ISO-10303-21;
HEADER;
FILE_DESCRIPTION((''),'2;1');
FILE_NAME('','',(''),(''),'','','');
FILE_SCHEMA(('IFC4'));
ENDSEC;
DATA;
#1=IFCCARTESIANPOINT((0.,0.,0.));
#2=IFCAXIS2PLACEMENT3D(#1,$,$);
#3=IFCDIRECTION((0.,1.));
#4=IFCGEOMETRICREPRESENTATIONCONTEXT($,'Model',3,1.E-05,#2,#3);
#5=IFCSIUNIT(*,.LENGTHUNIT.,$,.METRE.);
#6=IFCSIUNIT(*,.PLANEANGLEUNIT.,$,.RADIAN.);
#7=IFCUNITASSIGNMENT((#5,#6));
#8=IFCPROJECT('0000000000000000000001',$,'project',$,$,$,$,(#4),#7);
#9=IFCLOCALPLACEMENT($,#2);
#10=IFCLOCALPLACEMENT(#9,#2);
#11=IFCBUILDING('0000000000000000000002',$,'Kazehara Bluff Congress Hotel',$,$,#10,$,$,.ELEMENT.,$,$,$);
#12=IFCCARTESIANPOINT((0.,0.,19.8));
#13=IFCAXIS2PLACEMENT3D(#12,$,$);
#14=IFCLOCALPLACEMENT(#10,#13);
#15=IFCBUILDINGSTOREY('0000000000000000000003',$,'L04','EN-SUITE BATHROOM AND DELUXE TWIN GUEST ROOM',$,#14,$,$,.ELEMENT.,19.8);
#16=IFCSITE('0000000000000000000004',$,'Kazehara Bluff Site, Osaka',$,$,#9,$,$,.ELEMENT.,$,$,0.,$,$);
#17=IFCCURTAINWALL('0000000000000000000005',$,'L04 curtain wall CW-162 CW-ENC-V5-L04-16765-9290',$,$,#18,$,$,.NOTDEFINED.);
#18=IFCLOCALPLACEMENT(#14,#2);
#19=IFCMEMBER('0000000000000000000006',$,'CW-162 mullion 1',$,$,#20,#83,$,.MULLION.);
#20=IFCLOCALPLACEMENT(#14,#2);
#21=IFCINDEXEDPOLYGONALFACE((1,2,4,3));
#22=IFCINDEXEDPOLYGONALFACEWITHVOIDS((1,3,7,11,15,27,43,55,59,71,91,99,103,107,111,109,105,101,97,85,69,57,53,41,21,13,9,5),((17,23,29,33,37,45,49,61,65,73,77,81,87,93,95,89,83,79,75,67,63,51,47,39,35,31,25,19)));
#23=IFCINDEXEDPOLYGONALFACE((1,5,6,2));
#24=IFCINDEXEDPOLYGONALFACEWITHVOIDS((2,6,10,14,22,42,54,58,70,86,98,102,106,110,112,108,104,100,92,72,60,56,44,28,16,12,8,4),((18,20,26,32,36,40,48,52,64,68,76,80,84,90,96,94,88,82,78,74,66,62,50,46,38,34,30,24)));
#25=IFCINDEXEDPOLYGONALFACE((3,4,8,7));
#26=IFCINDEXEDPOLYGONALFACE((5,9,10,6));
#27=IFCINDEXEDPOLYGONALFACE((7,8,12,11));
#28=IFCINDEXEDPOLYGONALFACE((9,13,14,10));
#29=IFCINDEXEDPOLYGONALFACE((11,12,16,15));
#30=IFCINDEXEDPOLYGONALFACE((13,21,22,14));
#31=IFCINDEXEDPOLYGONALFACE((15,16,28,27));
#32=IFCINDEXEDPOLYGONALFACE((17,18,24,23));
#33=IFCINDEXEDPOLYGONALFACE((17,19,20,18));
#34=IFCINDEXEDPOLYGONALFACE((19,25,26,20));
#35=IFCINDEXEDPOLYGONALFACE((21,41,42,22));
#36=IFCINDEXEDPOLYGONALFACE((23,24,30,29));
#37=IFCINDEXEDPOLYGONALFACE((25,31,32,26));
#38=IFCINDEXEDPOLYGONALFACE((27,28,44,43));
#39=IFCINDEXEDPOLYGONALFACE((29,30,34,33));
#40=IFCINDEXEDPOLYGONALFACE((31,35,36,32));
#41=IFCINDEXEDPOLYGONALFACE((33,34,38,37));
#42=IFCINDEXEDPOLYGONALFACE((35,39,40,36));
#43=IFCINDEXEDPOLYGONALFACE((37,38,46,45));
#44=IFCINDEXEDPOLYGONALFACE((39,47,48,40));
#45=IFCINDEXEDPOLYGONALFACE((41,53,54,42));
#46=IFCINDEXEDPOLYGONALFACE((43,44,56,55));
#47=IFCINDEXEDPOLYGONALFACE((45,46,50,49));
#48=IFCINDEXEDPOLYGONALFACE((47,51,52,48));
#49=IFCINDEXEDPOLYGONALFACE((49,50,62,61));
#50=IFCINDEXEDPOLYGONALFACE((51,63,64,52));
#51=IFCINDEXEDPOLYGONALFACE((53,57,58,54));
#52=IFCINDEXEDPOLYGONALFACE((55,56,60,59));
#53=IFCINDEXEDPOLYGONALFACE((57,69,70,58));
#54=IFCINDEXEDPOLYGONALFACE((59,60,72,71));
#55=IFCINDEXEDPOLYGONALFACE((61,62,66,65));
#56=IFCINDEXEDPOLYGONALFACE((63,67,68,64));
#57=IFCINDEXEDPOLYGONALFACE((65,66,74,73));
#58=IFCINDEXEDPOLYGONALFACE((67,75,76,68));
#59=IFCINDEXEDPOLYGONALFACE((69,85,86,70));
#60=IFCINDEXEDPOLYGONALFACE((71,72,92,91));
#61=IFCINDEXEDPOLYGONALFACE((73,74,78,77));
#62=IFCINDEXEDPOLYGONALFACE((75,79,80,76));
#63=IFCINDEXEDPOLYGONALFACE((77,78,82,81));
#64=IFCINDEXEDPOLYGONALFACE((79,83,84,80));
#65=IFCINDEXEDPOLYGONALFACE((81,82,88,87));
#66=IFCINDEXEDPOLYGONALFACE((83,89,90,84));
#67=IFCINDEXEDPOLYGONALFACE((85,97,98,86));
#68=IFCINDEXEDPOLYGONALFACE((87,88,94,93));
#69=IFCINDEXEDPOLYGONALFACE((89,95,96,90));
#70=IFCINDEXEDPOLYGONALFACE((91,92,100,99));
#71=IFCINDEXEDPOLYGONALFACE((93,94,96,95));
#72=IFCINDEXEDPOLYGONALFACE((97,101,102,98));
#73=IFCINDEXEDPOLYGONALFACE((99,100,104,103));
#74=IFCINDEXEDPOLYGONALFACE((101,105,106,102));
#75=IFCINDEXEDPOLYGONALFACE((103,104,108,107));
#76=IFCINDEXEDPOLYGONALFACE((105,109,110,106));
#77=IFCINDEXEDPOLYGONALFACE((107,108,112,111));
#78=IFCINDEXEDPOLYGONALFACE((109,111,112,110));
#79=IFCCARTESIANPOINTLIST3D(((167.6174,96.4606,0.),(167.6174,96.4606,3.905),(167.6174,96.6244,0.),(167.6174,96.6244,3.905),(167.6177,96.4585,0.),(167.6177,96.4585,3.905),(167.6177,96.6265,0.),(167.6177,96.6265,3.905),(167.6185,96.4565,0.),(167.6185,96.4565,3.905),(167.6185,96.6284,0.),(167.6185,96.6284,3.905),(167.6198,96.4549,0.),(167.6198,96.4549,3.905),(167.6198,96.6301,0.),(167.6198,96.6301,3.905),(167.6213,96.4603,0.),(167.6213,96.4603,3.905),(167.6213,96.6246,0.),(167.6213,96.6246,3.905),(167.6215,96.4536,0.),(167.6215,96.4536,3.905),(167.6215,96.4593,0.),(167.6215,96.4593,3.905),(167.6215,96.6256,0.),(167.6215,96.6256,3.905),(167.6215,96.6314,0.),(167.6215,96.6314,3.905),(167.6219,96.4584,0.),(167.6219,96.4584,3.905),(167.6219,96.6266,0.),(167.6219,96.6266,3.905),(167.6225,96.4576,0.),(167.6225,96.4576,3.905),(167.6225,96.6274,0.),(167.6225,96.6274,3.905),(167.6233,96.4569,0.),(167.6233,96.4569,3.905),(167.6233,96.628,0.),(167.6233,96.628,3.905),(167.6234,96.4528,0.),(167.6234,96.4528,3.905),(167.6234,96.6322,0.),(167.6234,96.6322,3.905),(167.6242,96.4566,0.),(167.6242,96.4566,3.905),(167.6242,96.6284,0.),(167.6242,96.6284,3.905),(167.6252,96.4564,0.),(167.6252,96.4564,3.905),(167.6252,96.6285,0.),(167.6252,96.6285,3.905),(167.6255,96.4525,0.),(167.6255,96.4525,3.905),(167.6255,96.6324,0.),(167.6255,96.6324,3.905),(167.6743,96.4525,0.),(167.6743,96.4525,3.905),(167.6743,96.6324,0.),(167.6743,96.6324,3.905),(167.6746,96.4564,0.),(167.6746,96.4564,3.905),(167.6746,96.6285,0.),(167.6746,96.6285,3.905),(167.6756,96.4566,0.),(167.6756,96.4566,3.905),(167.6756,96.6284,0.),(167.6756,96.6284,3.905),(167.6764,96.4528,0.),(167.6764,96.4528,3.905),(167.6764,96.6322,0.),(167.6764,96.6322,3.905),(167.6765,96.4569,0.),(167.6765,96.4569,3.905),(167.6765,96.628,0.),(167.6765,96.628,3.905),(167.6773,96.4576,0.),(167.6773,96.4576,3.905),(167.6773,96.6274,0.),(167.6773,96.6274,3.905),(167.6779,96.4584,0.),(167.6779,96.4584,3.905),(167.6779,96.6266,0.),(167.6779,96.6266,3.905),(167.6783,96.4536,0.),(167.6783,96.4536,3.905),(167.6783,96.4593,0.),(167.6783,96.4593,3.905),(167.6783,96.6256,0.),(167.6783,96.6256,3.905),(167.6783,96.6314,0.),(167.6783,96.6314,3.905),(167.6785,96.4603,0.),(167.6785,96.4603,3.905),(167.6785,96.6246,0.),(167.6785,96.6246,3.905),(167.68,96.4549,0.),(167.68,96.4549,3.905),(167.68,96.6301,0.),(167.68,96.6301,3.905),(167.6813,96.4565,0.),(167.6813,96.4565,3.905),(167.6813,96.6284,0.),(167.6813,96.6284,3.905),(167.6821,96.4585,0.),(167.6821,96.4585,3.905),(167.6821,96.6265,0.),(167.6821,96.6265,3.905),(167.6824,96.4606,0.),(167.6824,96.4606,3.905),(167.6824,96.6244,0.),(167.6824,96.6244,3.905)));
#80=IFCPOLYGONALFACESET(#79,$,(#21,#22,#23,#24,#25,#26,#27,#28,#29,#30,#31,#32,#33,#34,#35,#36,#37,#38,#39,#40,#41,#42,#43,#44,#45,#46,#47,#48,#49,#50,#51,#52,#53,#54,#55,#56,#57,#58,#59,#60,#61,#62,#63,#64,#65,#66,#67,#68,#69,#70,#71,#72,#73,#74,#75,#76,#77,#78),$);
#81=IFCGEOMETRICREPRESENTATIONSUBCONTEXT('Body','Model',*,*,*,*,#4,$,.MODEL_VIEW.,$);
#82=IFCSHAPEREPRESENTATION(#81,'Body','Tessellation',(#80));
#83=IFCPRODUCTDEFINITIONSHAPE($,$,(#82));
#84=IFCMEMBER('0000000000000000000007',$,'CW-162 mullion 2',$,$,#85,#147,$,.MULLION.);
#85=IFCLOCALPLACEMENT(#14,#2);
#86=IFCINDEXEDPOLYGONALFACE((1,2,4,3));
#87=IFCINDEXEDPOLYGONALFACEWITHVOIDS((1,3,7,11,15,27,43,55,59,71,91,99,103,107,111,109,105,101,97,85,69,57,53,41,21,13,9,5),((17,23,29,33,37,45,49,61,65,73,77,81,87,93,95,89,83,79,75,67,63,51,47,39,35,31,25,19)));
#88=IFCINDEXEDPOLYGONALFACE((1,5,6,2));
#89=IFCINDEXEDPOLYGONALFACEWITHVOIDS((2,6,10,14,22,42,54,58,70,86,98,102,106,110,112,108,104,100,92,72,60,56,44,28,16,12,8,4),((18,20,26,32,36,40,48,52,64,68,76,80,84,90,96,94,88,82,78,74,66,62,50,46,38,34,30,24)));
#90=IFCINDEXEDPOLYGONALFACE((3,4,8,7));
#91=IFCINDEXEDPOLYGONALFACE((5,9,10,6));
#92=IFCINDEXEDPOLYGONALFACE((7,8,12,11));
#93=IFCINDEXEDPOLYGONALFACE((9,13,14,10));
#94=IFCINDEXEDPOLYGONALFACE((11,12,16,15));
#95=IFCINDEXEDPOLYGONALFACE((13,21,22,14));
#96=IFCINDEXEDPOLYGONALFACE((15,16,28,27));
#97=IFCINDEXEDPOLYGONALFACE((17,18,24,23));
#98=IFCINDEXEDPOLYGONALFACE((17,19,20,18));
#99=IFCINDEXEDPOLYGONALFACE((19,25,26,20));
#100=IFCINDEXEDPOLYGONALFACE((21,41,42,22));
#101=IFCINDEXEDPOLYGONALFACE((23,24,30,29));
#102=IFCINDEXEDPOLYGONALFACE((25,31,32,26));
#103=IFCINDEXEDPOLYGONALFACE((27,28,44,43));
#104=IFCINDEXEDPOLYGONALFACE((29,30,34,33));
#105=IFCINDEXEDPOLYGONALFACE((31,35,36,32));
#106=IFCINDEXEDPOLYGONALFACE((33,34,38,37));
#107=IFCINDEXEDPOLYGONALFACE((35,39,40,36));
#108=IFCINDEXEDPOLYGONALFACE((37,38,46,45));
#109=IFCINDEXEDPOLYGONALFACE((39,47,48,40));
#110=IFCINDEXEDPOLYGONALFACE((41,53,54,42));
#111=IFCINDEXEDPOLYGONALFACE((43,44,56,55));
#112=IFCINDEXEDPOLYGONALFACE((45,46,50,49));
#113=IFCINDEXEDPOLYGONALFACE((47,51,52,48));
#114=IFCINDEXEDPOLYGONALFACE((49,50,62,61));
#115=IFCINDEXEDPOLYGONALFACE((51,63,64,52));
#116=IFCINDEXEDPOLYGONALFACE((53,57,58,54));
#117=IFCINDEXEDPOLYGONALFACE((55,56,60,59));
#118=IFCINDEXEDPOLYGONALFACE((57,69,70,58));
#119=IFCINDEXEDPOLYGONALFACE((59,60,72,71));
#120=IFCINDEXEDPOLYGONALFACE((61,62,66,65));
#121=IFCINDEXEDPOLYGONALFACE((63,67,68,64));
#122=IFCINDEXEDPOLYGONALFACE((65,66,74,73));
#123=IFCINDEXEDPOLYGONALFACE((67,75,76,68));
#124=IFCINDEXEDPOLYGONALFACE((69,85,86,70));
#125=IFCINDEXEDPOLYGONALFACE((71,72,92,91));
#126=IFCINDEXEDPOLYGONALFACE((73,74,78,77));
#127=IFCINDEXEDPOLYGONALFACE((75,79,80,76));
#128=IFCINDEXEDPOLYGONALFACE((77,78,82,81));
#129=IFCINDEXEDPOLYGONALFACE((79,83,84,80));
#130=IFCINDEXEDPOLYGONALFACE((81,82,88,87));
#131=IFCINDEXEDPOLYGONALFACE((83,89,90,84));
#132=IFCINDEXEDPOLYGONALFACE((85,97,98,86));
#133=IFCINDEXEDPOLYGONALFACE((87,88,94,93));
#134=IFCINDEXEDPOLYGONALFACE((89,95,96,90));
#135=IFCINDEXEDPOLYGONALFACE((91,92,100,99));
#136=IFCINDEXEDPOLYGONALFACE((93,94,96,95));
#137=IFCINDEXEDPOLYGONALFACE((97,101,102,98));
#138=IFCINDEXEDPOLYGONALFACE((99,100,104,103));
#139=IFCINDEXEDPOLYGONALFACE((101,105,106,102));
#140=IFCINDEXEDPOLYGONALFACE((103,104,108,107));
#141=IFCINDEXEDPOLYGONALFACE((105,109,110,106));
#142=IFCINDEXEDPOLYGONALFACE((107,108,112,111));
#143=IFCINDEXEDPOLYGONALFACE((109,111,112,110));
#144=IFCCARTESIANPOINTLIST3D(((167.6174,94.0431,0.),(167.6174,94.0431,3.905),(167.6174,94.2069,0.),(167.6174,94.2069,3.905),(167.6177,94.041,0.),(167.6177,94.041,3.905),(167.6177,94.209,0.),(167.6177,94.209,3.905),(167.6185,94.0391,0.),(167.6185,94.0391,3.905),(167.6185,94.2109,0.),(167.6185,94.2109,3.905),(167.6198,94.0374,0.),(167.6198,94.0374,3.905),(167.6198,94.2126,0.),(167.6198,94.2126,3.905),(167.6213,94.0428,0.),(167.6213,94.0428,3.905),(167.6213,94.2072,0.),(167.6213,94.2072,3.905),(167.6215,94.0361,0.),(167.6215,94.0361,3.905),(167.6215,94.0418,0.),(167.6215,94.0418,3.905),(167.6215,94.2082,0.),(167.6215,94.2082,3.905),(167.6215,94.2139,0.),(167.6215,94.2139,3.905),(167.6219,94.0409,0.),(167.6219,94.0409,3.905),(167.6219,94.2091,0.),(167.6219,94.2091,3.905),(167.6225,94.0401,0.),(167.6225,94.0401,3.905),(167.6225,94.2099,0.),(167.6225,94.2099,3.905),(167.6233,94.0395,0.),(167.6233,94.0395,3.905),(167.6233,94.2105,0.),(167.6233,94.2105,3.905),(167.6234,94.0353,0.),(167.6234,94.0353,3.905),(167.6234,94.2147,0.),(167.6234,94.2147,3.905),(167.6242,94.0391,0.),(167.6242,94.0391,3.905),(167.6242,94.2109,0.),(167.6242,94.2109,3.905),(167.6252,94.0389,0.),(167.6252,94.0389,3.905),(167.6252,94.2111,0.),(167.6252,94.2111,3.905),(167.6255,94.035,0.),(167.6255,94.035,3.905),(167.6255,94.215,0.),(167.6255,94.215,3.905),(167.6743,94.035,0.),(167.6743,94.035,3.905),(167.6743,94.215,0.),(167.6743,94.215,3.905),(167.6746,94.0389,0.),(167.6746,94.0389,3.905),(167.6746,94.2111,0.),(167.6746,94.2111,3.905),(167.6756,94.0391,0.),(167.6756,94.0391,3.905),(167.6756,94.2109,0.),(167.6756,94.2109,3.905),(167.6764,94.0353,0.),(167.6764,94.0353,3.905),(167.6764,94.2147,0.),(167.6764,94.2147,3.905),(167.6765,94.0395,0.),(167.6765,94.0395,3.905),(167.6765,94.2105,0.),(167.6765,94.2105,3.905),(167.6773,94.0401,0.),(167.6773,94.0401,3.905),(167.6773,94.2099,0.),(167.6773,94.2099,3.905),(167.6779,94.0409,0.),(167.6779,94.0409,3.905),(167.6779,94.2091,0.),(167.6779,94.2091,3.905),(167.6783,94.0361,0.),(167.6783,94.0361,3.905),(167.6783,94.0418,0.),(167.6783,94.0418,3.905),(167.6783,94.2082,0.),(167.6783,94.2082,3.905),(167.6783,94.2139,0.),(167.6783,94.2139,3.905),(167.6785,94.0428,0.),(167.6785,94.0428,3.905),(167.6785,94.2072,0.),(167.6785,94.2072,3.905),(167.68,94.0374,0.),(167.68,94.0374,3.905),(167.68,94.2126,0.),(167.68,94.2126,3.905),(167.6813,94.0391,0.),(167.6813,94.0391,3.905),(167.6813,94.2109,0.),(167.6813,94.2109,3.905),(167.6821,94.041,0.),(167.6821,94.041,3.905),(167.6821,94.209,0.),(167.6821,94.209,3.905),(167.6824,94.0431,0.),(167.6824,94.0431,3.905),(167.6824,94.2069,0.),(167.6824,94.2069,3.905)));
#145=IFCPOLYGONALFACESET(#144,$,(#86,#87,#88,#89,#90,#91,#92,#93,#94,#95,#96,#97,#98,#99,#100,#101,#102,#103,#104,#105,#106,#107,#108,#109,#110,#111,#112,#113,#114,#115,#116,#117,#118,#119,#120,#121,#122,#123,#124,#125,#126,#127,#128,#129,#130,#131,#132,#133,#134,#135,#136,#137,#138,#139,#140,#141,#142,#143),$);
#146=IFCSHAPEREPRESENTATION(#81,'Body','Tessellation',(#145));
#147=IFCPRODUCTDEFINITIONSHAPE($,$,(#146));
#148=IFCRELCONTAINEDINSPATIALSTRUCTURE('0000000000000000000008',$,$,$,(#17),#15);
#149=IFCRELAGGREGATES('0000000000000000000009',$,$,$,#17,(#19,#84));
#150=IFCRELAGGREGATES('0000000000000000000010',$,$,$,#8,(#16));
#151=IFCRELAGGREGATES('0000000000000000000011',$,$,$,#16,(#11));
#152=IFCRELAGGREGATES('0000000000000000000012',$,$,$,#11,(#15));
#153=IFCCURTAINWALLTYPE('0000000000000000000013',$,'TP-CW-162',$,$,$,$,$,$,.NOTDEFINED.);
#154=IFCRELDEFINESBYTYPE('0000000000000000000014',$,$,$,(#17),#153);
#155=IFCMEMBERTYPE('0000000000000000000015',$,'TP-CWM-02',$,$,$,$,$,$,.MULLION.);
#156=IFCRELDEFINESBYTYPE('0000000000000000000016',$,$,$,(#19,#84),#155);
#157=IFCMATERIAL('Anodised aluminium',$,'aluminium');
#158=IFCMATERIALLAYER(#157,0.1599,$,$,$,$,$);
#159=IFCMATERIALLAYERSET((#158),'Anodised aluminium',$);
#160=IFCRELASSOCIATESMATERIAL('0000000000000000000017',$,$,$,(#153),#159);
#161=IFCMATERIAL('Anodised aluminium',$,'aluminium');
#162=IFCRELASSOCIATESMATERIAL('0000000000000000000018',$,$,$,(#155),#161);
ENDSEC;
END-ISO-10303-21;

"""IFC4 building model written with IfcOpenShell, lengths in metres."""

from ifc_helpers import new_model, si_unit, direction, frame, origin, origin_2d, place, context, subcontext, project, spatial, hollow_rectangle, extrude, material, layer, layer_set, material_profile, profile_set, type_object, element, aggregate, save


model = new_model("IFC4")

# Units and contexts
model_context = context("Model", 3, precision=1e-05, world=origin(), true_north=direction((0.0, 1.0)))
body_context = subcontext(model_context, "Body", "Model", "MODEL_VIEW")
ifc_project = project(units=[si_unit("LENGTHUNIT", "METRE"), si_unit("PLANEANGLEUNIT", "RADIAN")], contexts=[model_context])

# Site, building, storey
site_placement = place(None, origin())
site = spatial("IfcSite", under=ifc_project, at=site_placement, Name="Kazehara Bluff Site, Osaka", CompositionType="ELEMENT", RefElevation=0.0)
building_placement = place(site_placement, origin())
building = spatial("IfcBuilding", under=site, at=building_placement, Name="Kazehara Bluff Congress Hotel", CompositionType="ELEMENT")
storey_placement = place(building_placement, frame((0.0, 0.0, 19.8)))
storey = spatial("IfcBuildingStorey", under=building, at=storey_placement, Name="L04", Description="EN-SUITE BATHROOM AND DELUXE TWIN GUEST ROOM", CompositionType="ELEMENT", Elevation=19.8)

# Curtain wall, members
ifc_material_1 = material(Name="Anodised aluminium", Category="aluminium")
ifc_layer_1 = layer(ifc_material_1, 0.1599)
ifc_layer_set_1 = layer_set([ifc_layer_1], Name="Anodised aluminium")
curtain_wall_type_1 = type_object("IfcCurtainWallType", Name="TP-CW-162", PredefinedType="NOTDEFINED", material=ifc_layer_set_1)
ifc_material_2 = material(Name="Anodised aluminium", Category="aluminium")
ifc_material_profile_1 = material_profile(ifc_material_2, hollow_rectangle(XDim=0.0649, YDim=0.1799, WallThickness=0.0039, InnerFilletRadius=0.0039, OuterFilletRadius=0.0081, at=origin_2d()))
ifc_profile_set_1 = profile_set([ifc_material_profile_1], Name="Anodised aluminium")
member_type_1 = type_object("IfcMemberType", Name="TP-CWM-02", PredefinedType="MULLION", material=ifc_profile_set_1)
curtain_wall_1_placement = place(storey_placement, origin())
curtain_wall_1 = element("IfcCurtainWall", 1, at=curtain_wall_1_placement, inside=storey, type_object=curtain_wall_type_1, Name="L04 curtain wall CW-162 CW-ENC-V5-L04-16765-9290", PredefinedType="NOTDEFINED")
member_1_placement = place(storey_placement, frame((167.6499, 96.5425, 0.0), z_axis=(0.0, 0.0, 1.0), x_axis=(1.0, 0.0, 0.0)))
member_1 = element("IfcMember", 2, at=member_1_placement, type_object=member_type_1, Name="CW-162 mullion 1", PredefinedType="MULLION", context=body_context, shape_type="SweptSolid", body=[
    extrude(hollow_rectangle(XDim=0.0649, YDim=0.1799, WallThickness=0.0039, InnerFilletRadius=0.0039, OuterFilletRadius=0.0081, at=origin_2d()), origin(), (0.0, 0.0, 1.0), 3.905),
])
member_2_placement = place(storey_placement, frame((167.6499, 94.125, 0.0), z_axis=(0.0, 0.0, 1.0), x_axis=(1.0, 0.0, 0.0)))
member_2 = element("IfcMember", 3, at=member_2_placement, type_object=member_type_1, Name="CW-162 mullion 2", PredefinedType="MULLION", context=body_context, shape_type="SweptSolid", body=[
    extrude(hollow_rectangle(XDim=0.0649, YDim=0.1799, WallThickness=0.0039, InnerFilletRadius=0.0039, OuterFilletRadius=0.0081, at=origin_2d()), origin(), (0.0, 0.0, 1.0), 3.905),
])

aggregate(curtain_wall_1, [member_1, member_2])

save(model, "model.ifc")
